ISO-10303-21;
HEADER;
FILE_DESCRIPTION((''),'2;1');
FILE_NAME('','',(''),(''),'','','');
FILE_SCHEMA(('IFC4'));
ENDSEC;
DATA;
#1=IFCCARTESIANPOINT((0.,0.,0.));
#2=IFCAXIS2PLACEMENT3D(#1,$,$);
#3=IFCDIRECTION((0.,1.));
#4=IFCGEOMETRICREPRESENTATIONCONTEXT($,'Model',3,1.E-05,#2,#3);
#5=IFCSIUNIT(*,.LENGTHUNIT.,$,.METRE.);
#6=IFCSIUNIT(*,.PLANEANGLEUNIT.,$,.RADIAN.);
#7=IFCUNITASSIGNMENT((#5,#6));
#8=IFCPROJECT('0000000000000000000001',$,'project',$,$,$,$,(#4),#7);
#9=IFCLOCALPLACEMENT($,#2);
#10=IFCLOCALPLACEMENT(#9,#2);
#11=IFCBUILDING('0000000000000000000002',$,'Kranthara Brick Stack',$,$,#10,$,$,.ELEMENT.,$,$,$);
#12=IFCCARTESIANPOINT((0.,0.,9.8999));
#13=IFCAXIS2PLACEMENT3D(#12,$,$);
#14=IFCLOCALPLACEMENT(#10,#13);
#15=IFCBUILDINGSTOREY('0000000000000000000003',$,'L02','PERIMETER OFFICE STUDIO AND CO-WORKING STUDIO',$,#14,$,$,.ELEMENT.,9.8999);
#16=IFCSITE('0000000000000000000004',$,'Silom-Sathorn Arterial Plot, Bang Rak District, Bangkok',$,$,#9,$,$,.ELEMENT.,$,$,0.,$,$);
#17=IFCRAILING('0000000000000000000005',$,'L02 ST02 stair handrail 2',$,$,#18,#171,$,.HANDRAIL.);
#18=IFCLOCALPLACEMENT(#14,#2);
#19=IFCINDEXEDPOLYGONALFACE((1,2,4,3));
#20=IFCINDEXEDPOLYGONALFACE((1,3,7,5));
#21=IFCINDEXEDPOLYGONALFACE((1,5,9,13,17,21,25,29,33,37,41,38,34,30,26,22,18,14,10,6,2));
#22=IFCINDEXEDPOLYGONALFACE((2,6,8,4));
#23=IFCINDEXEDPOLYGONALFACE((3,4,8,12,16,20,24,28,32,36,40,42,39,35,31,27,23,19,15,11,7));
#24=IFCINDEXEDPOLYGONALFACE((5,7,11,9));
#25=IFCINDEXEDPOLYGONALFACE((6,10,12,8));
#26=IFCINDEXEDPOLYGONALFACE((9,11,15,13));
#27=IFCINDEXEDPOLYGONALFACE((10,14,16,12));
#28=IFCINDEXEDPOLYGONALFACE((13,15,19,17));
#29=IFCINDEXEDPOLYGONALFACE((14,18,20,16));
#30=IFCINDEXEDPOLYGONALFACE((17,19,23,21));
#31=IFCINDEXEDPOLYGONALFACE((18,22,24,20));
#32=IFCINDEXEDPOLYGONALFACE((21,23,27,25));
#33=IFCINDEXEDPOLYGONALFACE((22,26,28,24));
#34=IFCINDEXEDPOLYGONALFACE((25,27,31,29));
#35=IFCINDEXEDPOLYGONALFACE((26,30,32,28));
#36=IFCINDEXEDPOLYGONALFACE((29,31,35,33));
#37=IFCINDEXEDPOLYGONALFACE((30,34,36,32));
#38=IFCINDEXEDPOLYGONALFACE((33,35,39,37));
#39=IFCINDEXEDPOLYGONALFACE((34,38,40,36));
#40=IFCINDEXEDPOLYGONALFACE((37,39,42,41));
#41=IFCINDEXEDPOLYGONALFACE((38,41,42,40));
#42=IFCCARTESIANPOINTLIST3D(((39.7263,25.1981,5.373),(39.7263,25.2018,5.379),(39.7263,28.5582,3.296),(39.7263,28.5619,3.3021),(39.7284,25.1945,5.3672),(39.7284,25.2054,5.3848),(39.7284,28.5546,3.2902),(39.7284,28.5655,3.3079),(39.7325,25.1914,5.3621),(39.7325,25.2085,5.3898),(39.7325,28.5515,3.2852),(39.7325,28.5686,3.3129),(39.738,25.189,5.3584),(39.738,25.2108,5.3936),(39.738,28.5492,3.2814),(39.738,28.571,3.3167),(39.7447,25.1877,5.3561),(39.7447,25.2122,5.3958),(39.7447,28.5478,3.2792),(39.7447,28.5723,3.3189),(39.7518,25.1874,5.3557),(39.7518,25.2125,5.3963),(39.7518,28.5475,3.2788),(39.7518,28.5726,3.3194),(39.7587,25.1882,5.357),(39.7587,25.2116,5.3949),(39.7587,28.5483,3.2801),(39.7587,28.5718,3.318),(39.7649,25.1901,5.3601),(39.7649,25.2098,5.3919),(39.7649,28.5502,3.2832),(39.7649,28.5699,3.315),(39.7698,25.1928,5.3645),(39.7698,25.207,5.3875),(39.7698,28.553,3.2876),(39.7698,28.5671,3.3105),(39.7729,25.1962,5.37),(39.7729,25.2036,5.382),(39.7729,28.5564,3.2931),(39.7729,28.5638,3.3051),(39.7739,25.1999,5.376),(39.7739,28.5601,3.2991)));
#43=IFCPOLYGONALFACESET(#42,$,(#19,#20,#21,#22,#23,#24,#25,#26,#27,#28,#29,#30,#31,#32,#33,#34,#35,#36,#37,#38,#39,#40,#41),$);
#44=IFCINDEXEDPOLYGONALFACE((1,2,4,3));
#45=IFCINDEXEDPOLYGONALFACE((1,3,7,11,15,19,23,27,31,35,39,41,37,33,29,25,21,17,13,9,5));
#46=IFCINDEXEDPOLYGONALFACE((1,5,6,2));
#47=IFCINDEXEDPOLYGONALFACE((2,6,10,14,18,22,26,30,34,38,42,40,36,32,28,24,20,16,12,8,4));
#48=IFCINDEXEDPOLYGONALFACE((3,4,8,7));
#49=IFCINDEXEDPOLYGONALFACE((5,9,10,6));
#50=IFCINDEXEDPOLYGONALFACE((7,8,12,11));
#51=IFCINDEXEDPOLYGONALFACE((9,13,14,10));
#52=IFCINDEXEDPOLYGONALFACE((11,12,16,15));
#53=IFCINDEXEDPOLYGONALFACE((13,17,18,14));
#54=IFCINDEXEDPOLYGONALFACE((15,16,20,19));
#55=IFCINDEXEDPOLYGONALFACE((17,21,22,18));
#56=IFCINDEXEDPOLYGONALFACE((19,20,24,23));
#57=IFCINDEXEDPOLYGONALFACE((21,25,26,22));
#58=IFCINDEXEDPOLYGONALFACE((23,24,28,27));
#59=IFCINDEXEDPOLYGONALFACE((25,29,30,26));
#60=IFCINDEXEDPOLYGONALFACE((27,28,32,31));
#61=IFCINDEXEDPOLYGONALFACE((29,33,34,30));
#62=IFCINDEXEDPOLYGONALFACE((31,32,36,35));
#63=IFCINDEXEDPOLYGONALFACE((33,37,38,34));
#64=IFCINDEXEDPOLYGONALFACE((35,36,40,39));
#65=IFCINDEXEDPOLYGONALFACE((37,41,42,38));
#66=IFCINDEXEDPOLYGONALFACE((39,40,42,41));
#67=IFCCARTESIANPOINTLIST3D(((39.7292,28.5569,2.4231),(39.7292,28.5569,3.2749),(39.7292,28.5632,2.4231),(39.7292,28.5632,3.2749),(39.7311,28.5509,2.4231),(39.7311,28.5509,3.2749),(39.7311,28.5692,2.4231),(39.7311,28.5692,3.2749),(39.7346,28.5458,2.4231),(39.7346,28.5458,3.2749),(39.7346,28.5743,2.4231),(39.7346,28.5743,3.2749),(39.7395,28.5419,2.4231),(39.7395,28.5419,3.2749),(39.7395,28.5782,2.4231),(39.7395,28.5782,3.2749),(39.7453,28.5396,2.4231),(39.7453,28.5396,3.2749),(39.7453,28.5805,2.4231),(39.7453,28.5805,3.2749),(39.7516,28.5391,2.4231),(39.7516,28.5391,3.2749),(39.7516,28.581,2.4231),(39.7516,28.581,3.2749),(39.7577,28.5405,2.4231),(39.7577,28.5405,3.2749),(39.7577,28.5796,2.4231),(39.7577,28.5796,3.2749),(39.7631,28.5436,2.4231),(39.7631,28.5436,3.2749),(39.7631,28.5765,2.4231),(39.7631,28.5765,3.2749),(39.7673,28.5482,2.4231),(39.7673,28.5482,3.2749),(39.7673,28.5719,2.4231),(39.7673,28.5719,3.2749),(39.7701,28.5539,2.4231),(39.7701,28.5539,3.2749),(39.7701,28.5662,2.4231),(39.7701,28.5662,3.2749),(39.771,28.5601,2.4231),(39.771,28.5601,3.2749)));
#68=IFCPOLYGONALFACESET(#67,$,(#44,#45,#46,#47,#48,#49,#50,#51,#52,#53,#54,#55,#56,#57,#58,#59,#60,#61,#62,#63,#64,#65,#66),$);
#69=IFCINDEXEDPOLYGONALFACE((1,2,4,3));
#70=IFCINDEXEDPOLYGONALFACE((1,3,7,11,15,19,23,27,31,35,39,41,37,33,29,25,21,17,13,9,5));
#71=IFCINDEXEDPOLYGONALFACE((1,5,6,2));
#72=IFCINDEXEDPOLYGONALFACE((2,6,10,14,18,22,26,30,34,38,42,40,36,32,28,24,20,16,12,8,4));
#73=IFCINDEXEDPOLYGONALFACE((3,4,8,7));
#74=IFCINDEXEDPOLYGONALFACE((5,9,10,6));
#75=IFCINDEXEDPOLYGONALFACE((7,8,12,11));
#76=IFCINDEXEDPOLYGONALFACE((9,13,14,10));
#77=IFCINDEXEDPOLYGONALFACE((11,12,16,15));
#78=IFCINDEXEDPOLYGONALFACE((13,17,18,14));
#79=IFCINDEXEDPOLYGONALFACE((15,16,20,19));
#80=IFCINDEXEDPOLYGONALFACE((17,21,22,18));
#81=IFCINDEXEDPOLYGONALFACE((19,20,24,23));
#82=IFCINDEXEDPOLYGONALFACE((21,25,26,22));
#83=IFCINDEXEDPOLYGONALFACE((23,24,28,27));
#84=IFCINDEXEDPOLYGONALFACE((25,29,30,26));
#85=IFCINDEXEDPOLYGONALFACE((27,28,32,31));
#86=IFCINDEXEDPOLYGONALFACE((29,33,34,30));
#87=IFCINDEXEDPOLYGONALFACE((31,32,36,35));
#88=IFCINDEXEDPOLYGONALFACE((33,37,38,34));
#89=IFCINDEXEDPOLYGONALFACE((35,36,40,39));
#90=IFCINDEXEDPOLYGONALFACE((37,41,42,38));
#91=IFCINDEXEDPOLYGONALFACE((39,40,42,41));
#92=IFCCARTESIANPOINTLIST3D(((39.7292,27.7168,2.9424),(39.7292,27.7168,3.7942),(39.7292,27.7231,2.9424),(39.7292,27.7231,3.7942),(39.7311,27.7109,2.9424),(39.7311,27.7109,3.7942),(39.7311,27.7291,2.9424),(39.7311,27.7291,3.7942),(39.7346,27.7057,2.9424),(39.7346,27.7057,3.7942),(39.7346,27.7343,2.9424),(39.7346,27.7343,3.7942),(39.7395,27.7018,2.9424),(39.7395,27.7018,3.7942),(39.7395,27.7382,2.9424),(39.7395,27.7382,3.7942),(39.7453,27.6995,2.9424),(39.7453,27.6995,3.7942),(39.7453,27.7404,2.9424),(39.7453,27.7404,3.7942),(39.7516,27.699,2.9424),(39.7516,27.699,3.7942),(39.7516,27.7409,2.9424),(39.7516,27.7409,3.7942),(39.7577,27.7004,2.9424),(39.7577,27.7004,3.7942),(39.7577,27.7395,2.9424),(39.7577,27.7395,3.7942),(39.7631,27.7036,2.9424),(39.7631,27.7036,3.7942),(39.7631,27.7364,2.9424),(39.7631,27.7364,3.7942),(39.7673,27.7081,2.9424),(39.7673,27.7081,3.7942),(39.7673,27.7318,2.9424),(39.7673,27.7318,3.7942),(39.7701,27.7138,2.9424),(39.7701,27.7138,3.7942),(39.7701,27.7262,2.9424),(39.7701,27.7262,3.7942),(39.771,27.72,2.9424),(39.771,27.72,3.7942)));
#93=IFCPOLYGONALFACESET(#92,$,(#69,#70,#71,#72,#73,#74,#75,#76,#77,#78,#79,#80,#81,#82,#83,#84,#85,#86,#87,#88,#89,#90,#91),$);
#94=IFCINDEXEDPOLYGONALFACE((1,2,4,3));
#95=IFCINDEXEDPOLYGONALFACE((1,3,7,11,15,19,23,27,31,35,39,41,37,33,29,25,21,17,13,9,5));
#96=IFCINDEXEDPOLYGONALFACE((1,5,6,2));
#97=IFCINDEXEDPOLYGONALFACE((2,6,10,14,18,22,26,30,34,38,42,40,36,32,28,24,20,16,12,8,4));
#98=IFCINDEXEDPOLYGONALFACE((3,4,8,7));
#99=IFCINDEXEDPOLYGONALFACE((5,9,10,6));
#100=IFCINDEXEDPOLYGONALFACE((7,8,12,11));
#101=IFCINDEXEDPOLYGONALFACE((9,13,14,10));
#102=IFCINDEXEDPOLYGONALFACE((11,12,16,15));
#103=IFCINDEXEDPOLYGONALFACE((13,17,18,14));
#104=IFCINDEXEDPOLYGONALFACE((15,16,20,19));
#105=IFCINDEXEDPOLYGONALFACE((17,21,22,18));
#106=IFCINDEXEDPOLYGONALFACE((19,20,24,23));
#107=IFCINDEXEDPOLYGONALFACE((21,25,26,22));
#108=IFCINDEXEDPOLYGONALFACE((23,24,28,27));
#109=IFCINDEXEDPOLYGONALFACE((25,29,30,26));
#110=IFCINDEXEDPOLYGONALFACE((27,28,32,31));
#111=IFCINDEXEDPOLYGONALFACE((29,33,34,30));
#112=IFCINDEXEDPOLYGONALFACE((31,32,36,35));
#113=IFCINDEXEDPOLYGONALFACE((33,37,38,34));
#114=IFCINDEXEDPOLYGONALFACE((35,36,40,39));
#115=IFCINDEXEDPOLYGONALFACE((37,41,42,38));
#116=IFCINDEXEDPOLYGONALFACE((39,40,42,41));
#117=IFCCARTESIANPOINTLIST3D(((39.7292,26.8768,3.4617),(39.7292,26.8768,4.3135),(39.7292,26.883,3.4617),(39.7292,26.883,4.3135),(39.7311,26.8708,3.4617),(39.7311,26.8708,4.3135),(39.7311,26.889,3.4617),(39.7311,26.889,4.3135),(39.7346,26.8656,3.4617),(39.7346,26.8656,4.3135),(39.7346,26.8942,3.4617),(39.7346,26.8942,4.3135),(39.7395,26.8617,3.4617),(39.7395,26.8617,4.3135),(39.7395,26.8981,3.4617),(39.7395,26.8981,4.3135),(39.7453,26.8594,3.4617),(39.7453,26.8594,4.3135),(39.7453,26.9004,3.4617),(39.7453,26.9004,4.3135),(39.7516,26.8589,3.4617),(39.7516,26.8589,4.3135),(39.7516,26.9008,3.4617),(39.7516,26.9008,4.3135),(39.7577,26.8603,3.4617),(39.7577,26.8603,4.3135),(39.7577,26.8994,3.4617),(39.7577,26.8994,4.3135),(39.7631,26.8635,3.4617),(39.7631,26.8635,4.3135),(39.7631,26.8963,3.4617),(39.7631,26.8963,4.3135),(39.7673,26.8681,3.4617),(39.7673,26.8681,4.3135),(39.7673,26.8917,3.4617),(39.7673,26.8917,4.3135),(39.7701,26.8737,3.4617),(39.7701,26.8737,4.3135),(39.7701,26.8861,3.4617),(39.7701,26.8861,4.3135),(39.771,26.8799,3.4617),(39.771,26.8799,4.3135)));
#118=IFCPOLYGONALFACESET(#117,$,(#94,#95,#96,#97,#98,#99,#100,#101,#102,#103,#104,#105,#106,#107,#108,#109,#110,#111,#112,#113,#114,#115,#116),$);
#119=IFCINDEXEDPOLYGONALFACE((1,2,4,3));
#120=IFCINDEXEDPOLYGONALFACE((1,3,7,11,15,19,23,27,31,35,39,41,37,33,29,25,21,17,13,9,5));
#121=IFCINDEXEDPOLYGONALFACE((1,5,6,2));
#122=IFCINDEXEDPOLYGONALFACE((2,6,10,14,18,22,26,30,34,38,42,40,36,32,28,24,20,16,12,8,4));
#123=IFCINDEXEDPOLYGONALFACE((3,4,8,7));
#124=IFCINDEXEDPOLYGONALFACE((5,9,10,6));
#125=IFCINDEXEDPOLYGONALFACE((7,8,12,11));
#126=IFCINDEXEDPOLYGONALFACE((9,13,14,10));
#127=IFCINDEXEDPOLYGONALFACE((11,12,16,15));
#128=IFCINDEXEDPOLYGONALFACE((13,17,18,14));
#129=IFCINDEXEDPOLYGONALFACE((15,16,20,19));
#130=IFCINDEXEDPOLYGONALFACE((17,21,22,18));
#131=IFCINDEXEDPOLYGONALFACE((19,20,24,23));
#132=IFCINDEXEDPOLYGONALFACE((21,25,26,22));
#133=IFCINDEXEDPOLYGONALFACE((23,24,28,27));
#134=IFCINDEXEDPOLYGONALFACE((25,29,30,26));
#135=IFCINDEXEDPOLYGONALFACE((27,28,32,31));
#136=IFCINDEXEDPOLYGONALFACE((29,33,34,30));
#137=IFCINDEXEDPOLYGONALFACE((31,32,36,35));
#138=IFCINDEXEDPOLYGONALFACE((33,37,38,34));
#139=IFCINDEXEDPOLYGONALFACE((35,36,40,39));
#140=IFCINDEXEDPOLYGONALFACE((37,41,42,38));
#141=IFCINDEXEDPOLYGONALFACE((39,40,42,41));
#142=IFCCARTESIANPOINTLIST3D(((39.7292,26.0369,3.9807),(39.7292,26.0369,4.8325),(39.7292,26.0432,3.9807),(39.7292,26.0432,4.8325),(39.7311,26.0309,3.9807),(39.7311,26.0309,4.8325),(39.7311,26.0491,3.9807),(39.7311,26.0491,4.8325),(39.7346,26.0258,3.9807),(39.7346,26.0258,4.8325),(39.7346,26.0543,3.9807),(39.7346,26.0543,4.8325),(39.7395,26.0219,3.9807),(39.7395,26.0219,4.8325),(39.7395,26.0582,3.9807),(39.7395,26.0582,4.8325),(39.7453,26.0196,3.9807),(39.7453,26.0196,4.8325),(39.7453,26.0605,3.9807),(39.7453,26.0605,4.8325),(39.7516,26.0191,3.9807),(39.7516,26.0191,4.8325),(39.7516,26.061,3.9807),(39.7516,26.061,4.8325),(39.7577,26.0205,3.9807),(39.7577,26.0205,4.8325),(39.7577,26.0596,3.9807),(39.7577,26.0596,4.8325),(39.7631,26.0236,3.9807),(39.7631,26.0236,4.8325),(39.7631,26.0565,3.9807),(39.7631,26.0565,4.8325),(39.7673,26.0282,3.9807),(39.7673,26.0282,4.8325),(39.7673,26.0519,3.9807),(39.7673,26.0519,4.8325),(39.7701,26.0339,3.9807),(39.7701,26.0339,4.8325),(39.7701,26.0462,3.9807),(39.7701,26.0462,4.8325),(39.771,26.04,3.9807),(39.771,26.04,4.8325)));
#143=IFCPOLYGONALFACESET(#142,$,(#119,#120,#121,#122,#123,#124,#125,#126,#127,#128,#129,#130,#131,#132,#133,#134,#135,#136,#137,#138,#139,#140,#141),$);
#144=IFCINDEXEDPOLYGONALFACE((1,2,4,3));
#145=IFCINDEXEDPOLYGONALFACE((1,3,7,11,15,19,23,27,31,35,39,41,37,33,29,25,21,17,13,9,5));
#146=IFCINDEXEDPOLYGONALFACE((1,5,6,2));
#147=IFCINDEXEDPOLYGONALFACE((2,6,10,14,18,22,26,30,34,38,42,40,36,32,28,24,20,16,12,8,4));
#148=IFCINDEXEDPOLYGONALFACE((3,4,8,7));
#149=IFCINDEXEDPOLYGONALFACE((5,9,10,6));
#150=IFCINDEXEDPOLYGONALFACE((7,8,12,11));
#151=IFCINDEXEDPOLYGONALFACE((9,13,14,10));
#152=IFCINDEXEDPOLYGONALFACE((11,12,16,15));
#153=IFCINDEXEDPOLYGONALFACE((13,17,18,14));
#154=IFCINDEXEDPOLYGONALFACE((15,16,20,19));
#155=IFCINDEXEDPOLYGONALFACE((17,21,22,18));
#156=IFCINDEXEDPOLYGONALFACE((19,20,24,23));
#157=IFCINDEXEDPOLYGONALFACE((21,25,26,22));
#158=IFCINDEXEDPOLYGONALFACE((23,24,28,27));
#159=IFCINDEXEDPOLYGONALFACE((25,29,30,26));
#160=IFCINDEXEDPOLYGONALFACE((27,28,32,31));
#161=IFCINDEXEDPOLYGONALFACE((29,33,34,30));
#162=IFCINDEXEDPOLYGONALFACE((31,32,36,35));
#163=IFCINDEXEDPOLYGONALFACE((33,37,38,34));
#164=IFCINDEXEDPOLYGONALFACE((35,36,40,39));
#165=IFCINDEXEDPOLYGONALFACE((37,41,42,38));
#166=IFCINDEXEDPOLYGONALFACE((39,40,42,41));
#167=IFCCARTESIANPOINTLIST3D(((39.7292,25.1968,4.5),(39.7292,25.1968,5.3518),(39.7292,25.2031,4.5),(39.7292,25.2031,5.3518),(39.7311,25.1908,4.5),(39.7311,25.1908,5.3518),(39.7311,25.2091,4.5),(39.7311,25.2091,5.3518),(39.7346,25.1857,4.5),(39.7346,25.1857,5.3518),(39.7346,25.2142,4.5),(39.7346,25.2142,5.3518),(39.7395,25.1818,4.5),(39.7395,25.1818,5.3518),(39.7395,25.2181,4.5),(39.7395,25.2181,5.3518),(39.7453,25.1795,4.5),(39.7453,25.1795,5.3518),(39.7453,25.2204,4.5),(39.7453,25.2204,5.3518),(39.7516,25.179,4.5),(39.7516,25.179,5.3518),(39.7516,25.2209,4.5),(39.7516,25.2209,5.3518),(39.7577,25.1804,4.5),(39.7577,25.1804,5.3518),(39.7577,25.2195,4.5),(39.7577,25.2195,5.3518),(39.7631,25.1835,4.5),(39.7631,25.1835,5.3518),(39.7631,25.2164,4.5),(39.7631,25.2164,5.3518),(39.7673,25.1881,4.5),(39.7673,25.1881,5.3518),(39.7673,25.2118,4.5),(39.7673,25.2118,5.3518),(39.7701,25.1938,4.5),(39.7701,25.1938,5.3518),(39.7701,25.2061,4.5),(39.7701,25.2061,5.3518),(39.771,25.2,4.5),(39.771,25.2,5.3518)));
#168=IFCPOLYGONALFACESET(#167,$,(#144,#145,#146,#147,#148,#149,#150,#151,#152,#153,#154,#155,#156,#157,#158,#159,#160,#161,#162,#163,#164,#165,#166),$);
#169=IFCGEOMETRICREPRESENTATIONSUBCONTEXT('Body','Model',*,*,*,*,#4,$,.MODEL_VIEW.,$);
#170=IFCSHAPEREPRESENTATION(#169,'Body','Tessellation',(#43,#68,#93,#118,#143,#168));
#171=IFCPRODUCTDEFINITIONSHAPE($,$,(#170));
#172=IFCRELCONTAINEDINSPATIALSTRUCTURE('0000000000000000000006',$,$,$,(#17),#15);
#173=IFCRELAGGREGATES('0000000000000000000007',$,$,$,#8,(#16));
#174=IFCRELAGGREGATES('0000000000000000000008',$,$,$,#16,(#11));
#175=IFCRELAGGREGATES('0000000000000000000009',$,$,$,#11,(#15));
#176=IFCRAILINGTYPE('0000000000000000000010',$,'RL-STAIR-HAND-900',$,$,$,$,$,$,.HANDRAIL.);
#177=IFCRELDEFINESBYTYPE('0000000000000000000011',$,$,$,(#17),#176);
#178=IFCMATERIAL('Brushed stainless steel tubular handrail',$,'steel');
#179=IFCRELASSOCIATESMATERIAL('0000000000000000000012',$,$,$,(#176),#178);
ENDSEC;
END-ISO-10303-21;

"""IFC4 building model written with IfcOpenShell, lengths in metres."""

from ifc_helpers import new_model, si_unit, direction, frame, origin, origin_2d, place, context, subcontext, project, spatial, circle, extrude, material, type_object, element, save


model = new_model("IFC4")

# Units and contexts
model_context = context("Model", 3, precision=1e-05, world=origin(), true_north=direction((0.0, 1.0)))
body_context = subcontext(model_context, "Body", "Model", "MODEL_VIEW")
ifc_project = project(units=[si_unit("LENGTHUNIT", "METRE"), si_unit("PLANEANGLEUNIT", "RADIAN")], contexts=[model_context])

# Site, building, storey
site_placement = place(None, origin())
site = spatial("IfcSite", under=ifc_project, at=site_placement, Name="Silom-Sathorn Arterial Plot, Bang Rak District, Bangkok", CompositionType="ELEMENT", RefElevation=0.0)
building_placement = place(site_placement, origin())
building = spatial("IfcBuilding", under=site, at=building_placement, Name="Kranthara Brick Stack", CompositionType="ELEMENT")
storey_placement = place(building_placement, frame((0.0, 0.0, 9.8999)))
storey = spatial("IfcBuildingStorey", under=building, at=storey_placement, Name="L02", Description="PERIMETER OFFICE STUDIO AND CO-WORKING STUDIO", CompositionType="ELEMENT", Elevation=9.8999)

# Railing
ifc_material_1 = material(Name="Brushed stainless steel tubular handrail", Category="steel")
railing_type_1 = type_object("IfcRailingType", Name="RL-STAIR-HAND-900", PredefinedType="HANDRAIL", material=ifc_material_1)
railing_1_placement = place(storey_placement, frame((39.75, 28.5601, 2.4231)))
element("IfcRailing", 1, at=railing_1_placement, inside=storey, type_object=railing_type_1, Name="L02 ST02 stair handrail 2", PredefinedType="HANDRAIL", context=body_context, shape_type="SweptSolid", body=[
    extrude(circle(Radius=0.0239, at=origin_2d()), frame((0.0, 0.0, 0.876), z_axis=(0.0, -0.850623, 0.525776), x_axis=(1.0, 0.0, 0.0)), (0.0, 0.0, 1.0), 3.9502),
    extrude(circle(Radius=0.021, at=origin_2d()), origin(), (0.0, 0.0, 1.0), 0.8518),
    extrude(circle(Radius=0.021, at=origin_2d()), frame((0.0, -0.8401, 0.5193)), (0.0, 0.0, 1.0), 0.8518),
    extrude(circle(Radius=0.021, at=origin_2d()), frame((0.0, -1.6802, 1.0386)), (0.0, 0.0, 1.0), 0.8518),
    extrude(circle(Radius=0.021, at=origin_2d()), frame((0.0, -2.52, 1.5576)), (0.0, 0.0, 1.0), 0.8518),
    extrude(circle(Radius=0.021, at=origin_2d()), frame((0.0, -3.3601, 2.0769)), (0.0, 0.0, 1.0), 0.8518),
])

save(model, "model.ifc")
